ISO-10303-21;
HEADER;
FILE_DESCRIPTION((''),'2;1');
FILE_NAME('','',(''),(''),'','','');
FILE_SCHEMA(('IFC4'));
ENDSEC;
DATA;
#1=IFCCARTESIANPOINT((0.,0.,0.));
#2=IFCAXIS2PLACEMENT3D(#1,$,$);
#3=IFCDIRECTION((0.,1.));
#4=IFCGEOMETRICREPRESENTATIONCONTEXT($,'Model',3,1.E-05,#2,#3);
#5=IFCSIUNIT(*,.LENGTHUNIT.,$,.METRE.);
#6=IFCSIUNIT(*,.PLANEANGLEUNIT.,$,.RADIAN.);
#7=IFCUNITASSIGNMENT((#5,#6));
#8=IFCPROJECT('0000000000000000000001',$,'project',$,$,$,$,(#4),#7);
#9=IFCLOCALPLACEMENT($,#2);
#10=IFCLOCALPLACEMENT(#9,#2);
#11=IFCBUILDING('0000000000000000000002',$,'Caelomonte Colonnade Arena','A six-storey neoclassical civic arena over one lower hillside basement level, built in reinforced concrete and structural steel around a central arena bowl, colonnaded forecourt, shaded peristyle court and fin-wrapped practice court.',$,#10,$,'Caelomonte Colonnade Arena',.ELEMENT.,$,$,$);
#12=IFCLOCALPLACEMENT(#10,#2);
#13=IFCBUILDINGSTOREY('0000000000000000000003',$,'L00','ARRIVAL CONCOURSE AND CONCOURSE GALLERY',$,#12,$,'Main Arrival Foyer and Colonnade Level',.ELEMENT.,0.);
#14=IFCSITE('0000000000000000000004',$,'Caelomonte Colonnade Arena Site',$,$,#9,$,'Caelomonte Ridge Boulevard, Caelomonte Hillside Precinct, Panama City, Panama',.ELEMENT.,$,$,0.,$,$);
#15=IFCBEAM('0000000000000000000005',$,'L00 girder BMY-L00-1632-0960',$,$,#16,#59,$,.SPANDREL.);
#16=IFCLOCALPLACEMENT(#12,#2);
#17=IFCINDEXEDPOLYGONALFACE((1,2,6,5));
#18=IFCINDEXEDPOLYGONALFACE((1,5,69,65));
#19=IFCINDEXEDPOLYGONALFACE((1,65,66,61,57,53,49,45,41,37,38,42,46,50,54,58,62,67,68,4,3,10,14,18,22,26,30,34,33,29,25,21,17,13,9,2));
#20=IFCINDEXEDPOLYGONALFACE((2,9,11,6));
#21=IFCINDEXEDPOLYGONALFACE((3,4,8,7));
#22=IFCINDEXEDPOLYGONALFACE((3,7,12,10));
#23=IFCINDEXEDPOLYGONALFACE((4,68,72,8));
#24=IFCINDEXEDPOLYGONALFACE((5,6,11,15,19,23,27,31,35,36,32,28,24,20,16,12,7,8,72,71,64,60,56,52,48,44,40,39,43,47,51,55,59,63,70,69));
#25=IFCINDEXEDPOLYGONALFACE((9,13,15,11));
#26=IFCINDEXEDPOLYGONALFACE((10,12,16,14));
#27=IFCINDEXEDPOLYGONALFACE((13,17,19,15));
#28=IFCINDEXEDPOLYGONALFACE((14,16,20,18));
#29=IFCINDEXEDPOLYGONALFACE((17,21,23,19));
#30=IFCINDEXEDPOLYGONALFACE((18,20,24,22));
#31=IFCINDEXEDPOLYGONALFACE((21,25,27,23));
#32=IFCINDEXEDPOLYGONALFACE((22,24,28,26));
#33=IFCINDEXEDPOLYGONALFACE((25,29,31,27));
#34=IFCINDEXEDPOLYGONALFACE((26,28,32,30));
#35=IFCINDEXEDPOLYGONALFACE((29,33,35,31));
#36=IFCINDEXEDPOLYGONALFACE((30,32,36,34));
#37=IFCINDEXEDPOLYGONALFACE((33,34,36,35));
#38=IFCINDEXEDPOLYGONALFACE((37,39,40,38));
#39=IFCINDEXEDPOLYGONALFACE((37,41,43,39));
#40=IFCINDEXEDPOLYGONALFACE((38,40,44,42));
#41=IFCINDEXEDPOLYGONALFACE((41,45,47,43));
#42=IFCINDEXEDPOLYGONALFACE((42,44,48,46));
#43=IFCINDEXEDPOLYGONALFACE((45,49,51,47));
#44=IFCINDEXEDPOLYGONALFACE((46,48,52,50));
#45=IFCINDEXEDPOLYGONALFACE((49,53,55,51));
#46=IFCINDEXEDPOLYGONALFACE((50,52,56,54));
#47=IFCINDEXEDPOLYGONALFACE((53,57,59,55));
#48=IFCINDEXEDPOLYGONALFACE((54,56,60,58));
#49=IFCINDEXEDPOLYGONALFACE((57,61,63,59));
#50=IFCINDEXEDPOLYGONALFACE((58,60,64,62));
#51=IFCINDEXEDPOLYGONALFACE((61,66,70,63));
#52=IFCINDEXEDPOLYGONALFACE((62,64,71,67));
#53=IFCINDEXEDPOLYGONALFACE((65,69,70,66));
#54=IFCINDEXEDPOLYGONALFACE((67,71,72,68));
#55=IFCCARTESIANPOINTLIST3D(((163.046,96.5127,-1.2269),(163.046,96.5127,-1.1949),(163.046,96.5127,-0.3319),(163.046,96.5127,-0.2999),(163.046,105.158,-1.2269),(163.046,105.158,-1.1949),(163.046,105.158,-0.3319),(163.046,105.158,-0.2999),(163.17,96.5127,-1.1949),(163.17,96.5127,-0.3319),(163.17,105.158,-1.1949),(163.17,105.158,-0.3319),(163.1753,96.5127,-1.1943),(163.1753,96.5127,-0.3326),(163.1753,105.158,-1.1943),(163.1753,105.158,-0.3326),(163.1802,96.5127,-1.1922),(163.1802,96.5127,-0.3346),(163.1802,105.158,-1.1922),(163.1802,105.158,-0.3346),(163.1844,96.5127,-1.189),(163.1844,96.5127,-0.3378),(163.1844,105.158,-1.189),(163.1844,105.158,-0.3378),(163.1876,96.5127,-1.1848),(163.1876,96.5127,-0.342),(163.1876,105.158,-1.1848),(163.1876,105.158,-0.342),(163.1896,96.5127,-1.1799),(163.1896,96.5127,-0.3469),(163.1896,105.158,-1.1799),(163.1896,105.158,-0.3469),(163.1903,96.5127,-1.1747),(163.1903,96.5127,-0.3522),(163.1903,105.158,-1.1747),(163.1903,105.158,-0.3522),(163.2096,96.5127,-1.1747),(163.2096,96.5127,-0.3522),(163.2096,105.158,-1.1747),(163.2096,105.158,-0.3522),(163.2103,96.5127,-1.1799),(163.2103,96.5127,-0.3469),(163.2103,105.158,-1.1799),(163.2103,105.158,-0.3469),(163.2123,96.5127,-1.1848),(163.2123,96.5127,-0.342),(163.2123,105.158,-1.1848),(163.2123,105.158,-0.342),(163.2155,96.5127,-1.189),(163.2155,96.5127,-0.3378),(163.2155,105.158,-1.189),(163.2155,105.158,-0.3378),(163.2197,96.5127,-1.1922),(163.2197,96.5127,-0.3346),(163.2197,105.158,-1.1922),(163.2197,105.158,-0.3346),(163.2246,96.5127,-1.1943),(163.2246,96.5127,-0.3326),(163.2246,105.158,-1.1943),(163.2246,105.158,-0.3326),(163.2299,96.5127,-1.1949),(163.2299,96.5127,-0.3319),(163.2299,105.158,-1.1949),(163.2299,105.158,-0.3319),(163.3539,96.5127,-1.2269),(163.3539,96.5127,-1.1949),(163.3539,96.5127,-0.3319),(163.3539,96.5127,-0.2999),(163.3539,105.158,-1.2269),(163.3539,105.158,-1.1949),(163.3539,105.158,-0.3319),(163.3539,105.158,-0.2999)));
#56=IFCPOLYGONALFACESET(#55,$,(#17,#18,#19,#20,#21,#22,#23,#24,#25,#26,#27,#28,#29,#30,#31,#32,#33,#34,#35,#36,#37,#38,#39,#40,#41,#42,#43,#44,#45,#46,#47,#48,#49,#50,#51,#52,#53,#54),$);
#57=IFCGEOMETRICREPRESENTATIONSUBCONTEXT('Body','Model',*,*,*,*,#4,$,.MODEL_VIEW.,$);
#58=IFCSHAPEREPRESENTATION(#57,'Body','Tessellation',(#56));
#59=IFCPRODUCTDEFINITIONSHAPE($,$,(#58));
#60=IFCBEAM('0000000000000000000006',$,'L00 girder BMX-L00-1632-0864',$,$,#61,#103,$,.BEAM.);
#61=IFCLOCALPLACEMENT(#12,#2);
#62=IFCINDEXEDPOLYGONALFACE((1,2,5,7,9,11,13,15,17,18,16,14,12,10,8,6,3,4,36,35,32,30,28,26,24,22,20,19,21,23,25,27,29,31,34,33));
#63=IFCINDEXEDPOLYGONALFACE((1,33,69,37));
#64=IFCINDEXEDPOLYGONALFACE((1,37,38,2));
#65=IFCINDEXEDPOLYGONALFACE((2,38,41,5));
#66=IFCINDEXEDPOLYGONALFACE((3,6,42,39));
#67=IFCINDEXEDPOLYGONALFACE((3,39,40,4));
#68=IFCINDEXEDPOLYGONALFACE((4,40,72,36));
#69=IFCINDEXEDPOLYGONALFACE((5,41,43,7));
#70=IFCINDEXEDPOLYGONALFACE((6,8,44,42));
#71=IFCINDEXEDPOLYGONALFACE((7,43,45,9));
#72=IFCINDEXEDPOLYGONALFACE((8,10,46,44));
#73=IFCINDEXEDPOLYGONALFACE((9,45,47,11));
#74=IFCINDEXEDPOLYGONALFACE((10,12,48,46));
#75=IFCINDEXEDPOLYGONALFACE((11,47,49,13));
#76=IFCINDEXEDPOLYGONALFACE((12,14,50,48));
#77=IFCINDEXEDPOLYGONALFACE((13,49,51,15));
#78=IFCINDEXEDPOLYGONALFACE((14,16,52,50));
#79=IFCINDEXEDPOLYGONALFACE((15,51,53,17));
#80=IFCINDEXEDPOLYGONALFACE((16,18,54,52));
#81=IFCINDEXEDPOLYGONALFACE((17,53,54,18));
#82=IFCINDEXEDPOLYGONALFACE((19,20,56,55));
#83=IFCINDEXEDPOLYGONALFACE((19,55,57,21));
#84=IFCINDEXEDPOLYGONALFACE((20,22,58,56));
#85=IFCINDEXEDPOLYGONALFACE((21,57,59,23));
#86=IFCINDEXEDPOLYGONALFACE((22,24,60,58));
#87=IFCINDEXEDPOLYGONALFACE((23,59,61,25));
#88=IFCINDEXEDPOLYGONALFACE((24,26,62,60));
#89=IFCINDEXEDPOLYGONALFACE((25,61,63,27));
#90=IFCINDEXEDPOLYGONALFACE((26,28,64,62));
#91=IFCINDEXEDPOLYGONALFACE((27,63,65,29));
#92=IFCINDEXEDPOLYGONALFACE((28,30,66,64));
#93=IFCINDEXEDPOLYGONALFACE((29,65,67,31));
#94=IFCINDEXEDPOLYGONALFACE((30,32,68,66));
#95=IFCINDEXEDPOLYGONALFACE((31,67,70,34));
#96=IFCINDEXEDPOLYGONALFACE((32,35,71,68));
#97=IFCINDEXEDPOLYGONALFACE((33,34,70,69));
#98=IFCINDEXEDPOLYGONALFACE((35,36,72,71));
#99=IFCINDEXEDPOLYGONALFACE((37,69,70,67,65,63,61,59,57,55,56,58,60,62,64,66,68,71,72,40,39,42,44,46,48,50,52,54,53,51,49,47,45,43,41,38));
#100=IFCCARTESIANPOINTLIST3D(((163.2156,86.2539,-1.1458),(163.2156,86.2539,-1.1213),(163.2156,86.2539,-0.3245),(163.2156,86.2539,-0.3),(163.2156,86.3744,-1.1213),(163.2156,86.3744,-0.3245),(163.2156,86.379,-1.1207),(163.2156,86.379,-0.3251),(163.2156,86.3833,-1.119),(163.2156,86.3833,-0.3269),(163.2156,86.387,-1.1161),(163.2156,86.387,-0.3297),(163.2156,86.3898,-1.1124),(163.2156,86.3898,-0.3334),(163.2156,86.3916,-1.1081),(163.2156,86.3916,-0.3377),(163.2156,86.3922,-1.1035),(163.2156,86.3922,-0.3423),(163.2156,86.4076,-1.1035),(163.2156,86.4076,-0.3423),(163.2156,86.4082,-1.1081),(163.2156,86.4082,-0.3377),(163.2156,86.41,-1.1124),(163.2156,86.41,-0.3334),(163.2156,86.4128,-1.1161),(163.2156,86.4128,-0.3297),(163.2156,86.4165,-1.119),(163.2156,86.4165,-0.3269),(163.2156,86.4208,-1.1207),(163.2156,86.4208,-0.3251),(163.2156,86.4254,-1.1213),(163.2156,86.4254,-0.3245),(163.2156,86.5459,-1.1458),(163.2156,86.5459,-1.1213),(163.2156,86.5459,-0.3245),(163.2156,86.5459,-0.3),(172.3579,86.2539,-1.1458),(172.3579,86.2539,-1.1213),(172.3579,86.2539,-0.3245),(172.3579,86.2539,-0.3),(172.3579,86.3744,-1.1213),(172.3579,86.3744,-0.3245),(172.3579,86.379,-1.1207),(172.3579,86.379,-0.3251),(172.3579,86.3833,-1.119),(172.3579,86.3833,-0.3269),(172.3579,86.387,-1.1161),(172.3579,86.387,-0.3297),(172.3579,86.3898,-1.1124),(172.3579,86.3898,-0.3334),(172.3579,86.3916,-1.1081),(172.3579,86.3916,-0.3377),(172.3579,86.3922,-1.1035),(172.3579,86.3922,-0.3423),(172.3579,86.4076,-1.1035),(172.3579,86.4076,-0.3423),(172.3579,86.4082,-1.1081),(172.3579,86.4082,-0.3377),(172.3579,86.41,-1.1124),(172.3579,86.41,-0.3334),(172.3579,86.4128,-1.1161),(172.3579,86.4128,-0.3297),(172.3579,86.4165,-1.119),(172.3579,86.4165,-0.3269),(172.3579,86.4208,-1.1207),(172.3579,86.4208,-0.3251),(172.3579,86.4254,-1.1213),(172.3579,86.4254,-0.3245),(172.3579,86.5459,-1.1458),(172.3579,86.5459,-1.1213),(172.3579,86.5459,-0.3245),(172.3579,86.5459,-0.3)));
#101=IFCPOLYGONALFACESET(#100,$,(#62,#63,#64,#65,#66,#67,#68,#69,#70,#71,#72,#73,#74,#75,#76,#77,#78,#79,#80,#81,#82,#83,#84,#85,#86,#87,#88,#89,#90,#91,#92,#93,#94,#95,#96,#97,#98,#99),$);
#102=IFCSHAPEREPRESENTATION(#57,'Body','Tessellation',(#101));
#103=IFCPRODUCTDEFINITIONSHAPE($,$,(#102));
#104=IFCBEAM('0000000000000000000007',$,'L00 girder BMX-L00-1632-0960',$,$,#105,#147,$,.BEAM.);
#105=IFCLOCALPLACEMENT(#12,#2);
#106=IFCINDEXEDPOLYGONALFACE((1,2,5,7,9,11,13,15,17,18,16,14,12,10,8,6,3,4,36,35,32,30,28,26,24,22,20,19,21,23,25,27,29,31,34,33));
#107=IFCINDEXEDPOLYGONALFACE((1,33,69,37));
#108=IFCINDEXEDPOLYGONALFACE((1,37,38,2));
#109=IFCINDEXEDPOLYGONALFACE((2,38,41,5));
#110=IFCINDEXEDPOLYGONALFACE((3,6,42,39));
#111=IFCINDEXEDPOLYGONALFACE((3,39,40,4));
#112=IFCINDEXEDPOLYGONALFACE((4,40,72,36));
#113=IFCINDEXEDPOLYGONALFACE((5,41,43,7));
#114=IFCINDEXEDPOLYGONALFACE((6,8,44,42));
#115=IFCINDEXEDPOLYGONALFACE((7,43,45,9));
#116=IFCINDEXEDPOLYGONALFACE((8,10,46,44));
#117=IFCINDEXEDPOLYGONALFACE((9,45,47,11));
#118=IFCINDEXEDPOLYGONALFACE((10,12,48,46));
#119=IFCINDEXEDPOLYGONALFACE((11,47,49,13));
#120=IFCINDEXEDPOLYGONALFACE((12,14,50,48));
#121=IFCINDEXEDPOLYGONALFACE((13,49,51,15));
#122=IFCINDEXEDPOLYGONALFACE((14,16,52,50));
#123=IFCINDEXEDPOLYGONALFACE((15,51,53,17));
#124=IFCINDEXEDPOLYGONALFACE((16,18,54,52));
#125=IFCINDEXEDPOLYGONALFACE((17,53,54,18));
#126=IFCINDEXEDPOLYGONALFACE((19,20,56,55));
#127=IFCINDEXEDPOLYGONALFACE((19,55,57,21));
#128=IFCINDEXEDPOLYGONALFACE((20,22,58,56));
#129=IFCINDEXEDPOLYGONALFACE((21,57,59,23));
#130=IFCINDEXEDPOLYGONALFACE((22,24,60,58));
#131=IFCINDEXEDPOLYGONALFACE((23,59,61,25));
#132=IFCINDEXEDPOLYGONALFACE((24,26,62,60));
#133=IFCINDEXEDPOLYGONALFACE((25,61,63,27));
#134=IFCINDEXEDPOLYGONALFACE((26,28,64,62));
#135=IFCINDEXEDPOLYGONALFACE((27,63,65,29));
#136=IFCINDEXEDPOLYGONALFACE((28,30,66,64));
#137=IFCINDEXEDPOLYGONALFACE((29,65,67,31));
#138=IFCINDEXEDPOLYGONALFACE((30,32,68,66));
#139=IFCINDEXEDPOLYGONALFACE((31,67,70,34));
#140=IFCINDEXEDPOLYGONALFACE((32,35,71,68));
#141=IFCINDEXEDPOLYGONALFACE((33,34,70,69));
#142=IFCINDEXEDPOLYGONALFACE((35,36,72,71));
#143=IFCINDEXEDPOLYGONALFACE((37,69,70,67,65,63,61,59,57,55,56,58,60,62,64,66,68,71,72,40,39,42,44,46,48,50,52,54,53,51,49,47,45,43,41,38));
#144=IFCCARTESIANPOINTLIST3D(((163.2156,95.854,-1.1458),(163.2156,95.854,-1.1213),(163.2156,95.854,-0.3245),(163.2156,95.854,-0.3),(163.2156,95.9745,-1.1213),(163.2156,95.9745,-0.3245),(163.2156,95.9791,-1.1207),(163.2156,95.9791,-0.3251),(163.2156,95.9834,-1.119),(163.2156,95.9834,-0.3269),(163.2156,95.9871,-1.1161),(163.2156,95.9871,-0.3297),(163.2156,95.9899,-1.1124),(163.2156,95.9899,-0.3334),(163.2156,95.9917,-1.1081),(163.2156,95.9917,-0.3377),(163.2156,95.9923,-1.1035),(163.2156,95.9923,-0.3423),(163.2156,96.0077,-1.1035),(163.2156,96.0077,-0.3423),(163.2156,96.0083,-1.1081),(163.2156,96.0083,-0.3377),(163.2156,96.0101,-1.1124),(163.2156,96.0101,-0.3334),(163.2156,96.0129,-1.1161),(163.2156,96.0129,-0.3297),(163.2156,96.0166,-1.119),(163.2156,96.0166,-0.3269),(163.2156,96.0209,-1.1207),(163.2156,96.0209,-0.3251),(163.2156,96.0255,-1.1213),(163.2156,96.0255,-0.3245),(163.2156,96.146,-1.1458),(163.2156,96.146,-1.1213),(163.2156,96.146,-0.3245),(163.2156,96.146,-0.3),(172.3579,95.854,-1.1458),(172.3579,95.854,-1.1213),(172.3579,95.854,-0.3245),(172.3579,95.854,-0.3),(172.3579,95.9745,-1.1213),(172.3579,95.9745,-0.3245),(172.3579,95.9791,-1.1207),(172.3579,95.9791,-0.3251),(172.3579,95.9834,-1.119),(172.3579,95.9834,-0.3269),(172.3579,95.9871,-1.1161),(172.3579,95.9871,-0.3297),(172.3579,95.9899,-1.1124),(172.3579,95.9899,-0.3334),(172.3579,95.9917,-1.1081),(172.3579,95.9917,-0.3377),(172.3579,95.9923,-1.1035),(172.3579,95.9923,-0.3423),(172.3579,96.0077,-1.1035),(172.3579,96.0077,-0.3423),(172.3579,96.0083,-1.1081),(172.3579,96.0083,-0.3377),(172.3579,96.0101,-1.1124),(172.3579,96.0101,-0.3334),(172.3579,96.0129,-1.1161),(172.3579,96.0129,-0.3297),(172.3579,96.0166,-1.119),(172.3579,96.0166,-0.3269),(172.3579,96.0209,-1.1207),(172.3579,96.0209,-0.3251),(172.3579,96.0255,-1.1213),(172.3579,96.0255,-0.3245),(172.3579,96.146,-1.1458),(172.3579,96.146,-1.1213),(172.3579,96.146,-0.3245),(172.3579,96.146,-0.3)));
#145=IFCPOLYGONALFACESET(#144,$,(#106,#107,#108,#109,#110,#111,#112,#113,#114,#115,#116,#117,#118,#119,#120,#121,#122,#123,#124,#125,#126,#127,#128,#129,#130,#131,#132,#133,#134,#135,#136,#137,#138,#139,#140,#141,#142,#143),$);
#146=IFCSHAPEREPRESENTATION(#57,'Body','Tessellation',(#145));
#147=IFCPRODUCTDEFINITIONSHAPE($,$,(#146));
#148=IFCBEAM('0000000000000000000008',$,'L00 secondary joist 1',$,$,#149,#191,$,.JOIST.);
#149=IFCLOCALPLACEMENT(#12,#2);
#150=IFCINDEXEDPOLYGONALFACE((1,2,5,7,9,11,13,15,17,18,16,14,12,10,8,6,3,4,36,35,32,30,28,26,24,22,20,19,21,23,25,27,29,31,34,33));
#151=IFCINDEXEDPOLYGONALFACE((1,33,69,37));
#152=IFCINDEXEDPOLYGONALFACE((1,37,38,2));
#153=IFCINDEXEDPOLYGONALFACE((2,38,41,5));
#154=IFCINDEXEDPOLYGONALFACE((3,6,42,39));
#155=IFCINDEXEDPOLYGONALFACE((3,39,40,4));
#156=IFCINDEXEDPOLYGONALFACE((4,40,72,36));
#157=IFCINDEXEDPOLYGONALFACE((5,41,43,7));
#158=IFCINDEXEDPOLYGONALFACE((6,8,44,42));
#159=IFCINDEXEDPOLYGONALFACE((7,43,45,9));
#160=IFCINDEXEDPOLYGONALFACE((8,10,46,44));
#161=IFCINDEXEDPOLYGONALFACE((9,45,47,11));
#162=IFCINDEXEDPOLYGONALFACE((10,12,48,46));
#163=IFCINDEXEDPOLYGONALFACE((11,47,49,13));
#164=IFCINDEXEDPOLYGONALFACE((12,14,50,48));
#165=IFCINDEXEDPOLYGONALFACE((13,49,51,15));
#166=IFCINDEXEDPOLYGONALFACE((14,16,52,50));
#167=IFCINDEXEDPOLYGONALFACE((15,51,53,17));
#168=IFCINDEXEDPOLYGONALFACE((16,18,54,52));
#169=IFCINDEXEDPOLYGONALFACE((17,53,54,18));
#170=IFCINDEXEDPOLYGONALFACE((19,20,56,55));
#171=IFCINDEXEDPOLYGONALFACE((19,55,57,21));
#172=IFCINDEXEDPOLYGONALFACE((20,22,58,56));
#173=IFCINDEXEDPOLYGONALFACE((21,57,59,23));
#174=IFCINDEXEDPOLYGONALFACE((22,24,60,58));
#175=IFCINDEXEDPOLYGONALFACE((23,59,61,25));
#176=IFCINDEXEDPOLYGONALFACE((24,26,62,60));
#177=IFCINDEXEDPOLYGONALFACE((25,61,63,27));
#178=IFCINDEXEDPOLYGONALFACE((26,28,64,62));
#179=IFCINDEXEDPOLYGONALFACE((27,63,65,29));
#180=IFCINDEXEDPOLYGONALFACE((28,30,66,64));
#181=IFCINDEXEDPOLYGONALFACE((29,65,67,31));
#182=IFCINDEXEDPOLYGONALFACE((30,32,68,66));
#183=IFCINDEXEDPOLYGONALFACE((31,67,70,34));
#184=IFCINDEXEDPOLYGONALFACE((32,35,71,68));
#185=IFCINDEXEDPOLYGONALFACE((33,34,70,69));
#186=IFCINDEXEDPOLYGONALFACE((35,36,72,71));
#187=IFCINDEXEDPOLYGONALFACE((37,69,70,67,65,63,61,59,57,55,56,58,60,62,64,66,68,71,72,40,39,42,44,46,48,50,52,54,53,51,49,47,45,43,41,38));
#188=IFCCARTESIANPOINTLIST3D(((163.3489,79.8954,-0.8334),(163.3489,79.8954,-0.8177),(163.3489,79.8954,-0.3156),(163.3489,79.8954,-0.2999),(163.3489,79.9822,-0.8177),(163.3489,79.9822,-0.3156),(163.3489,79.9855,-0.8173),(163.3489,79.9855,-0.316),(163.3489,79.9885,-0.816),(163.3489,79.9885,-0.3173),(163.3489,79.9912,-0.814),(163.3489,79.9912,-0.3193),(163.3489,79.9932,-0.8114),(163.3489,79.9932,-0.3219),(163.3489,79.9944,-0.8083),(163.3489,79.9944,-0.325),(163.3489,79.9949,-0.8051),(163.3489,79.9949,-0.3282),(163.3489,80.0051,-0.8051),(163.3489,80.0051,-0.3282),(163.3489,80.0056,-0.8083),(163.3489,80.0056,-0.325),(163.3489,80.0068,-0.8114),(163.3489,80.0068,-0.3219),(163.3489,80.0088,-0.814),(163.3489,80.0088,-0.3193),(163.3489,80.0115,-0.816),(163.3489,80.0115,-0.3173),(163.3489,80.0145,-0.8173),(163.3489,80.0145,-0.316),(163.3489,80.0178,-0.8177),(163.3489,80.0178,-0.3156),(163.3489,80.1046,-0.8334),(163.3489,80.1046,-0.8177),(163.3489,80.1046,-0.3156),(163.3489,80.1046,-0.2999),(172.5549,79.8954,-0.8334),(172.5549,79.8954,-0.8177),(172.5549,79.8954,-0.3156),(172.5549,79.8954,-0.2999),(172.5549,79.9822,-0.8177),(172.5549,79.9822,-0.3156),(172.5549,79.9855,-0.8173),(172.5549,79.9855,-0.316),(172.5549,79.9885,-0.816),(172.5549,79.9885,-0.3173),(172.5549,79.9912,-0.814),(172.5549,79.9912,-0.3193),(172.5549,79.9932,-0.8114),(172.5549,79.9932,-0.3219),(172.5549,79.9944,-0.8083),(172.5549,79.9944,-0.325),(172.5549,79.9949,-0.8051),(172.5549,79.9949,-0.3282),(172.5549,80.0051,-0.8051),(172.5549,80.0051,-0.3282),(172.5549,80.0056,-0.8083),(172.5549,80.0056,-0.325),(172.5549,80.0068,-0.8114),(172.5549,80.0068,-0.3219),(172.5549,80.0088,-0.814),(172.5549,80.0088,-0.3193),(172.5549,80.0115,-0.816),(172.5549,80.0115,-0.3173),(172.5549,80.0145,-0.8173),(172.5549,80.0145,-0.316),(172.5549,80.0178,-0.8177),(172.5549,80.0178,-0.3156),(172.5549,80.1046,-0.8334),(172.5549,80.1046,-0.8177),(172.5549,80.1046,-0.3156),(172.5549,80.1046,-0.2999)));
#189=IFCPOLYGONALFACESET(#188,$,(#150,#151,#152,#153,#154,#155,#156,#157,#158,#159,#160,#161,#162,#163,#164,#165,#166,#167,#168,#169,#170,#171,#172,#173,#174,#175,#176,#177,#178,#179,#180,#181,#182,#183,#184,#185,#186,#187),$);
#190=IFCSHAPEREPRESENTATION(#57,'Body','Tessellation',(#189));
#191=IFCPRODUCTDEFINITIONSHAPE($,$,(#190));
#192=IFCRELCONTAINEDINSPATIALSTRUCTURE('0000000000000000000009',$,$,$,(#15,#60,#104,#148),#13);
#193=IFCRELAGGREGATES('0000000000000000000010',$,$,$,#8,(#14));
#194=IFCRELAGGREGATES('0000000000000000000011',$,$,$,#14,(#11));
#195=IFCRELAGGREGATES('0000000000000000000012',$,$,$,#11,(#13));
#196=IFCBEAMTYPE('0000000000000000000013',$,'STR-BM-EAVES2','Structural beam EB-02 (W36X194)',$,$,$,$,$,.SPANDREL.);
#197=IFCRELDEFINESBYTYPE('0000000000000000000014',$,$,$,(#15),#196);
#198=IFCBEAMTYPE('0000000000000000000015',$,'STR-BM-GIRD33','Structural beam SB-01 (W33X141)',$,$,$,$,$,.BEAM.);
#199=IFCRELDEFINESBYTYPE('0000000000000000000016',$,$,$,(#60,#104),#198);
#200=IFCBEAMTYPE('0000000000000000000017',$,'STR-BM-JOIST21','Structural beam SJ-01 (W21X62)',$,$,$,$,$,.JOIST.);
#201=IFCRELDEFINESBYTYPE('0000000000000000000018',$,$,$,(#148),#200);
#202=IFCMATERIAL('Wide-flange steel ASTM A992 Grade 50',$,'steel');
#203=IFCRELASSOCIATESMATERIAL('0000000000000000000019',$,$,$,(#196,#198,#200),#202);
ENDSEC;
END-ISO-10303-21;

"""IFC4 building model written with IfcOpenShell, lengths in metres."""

from ifc_helpers import new_model, si_unit, direction, frame, origin, origin_2d, place, context, subcontext, project, spatial, i_section, extrude, material, material_profile, profile_set, type_object, element, save


model = new_model("IFC4")

# Units and contexts
model_context = context("Model", 3, precision=1e-05, world=origin(), true_north=direction((0.0, 1.0)))
body_context = subcontext(model_context, "Body", "Model", "MODEL_VIEW")
ifc_project = project(units=[si_unit("LENGTHUNIT", "METRE"), si_unit("PLANEANGLEUNIT", "RADIAN")], contexts=[model_context])

# Site, building, storey
site_placement = place(None, origin())
site = spatial("IfcSite", under=ifc_project, at=site_placement, Name="Caelomonte Colonnade Arena Site", LongName="Caelomonte Ridge Boulevard, Caelomonte Hillside Precinct, Panama City, Panama", CompositionType="ELEMENT", RefElevation=0.0)
building_placement = place(site_placement, origin())
building = spatial("IfcBuilding", under=site, at=building_placement, Name="Caelomonte Colonnade Arena", Description="A six-storey neoclassical civic arena over one lower hillside basement level, built in reinforced concrete and structural steel around a central arena bowl, colonnaded forecourt, shaded peristyle court and fin-wrapped practice court.", LongName="Caelomonte Colonnade Arena", CompositionType="ELEMENT")
storey_placement = place(building_placement, origin())
storey = spatial("IfcBuildingStorey", under=building, at=storey_placement, Name="L00", Description="ARRIVAL CONCOURSE AND CONCOURSE GALLERY", LongName="Main Arrival Foyer and Colonnade Level", CompositionType="ELEMENT", Elevation=0.0)

# Shared definitions
ifc_material = material(Name="Wide-flange steel ASTM A992 Grade 50", Category="steel")

# Beams
ifc_material_profile_1 = material_profile(ifc_material, i_section(OverallWidth=0.3079, OverallDepth=0.927, WebThickness=0.0193, FlangeThickness=0.032, FilletRadius=0.0203, at=origin_2d()), Name="W36X194")
ifc_profile_set_1 = profile_set([ifc_material_profile_1], Name="Wide-flange steel ASTM A992 Grade 50")
beam_type_1 = type_object("IfcBeamType", Name="STR-BM-EAVES2", Description="Structural beam EB-02 (W36X194)", PredefinedType="SPANDREL", material=ifc_profile_set_1)
beam_1_placement = place(storey_placement, frame((163.2, 96.5127, -0.7634), z_axis=(0.0, 1.0, 0.0), x_axis=(-1.0, 0.0, 0.0)))
element("IfcBeam", 1, at=beam_1_placement, inside=storey, type_object=beam_type_1, Name="L00 girder BMY-L00-1632-0960", PredefinedType="SPANDREL", context=body_context, shape_type="SweptSolid", body=[
    extrude(i_section(OverallWidth=0.3079, OverallDepth=0.927, WebThickness=0.0193, FlangeThickness=0.032, FilletRadius=0.0203, at=origin_2d()), origin(), (0.0, 0.0, 1.0), 8.6453),
])
ifc_material_profile_2 = material_profile(ifc_material, i_section(OverallWidth=0.292, OverallDepth=0.8457, WebThickness=0.0154, FlangeThickness=0.0244, FilletRadius=0.0178, at=origin_2d()), Name="W33X141")
ifc_profile_set_2 = profile_set([ifc_material_profile_2], Name="Wide-flange steel ASTM A992 Grade 50")
beam_type_2 = type_object("IfcBeamType", Name="STR-BM-GIRD33", Description="Structural beam SB-01 (W33X141)", PredefinedType="BEAM", material=ifc_profile_set_2)
for number, where, z_axis, x_axis, name in (
    (2, (163.2156, 86.3999, -0.7229), (1.0, 0.0, 0.0), (0.0, 1.0, 0.0), "L00 girder BMX-L00-1632-0864"),
    (3, (163.2156, 96.0, -0.7229), (1.0, 0.0, 0.0), (0.0, 1.0, 0.0), "L00 girder BMX-L00-1632-0960"),
):
    element("IfcBeam", number, at=place(storey_placement, frame(where, z_axis=z_axis, x_axis=x_axis)), inside=storey, type_object=beam_type_2, Name=name, PredefinedType="BEAM", context=body_context, shape_type="SweptSolid", body=[
        extrude(i_section(OverallWidth=0.292, OverallDepth=0.8457, WebThickness=0.0154, FlangeThickness=0.0244, FilletRadius=0.0178, at=origin_2d()), origin(), (0.0, 0.0, 1.0), 9.1423),
    ])
ifc_material_profile_3 = material_profile(ifc_material, i_section(OverallWidth=0.2092, OverallDepth=0.5334, WebThickness=0.0103, FlangeThickness=0.0156, FilletRadius=0.0127, at=origin_2d()), Name="W21X62")
ifc_profile_set_3 = profile_set([ifc_material_profile_3], Name="Wide-flange steel ASTM A992 Grade 50")
beam_type_3 = type_object("IfcBeamType", Name="STR-BM-JOIST21", Description="Structural beam SJ-01 (W21X62)", PredefinedType="JOIST", material=ifc_profile_set_3)
for number, where, z_axis, x_axis, name in (
    (4, (163.3489, 80.0, -0.5667), (1.0, 0.0, 0.0), (0.0, 1.0, 0.0), "L00 secondary joist 1"),
):
    element("IfcBeam", number, at=place(storey_placement, frame(where, z_axis=z_axis, x_axis=x_axis)), inside=storey, type_object=beam_type_3, Name=name, PredefinedType="JOIST", context=body_context, shape_type="SweptSolid", body=[
        extrude(i_section(OverallWidth=0.2092, OverallDepth=0.5334, WebThickness=0.0103, FlangeThickness=0.0156, FilletRadius=0.0127, at=origin_2d()), origin(), (0.0, 0.0, 1.0), 9.2061),
    ])

save(model, "model.ifc")
